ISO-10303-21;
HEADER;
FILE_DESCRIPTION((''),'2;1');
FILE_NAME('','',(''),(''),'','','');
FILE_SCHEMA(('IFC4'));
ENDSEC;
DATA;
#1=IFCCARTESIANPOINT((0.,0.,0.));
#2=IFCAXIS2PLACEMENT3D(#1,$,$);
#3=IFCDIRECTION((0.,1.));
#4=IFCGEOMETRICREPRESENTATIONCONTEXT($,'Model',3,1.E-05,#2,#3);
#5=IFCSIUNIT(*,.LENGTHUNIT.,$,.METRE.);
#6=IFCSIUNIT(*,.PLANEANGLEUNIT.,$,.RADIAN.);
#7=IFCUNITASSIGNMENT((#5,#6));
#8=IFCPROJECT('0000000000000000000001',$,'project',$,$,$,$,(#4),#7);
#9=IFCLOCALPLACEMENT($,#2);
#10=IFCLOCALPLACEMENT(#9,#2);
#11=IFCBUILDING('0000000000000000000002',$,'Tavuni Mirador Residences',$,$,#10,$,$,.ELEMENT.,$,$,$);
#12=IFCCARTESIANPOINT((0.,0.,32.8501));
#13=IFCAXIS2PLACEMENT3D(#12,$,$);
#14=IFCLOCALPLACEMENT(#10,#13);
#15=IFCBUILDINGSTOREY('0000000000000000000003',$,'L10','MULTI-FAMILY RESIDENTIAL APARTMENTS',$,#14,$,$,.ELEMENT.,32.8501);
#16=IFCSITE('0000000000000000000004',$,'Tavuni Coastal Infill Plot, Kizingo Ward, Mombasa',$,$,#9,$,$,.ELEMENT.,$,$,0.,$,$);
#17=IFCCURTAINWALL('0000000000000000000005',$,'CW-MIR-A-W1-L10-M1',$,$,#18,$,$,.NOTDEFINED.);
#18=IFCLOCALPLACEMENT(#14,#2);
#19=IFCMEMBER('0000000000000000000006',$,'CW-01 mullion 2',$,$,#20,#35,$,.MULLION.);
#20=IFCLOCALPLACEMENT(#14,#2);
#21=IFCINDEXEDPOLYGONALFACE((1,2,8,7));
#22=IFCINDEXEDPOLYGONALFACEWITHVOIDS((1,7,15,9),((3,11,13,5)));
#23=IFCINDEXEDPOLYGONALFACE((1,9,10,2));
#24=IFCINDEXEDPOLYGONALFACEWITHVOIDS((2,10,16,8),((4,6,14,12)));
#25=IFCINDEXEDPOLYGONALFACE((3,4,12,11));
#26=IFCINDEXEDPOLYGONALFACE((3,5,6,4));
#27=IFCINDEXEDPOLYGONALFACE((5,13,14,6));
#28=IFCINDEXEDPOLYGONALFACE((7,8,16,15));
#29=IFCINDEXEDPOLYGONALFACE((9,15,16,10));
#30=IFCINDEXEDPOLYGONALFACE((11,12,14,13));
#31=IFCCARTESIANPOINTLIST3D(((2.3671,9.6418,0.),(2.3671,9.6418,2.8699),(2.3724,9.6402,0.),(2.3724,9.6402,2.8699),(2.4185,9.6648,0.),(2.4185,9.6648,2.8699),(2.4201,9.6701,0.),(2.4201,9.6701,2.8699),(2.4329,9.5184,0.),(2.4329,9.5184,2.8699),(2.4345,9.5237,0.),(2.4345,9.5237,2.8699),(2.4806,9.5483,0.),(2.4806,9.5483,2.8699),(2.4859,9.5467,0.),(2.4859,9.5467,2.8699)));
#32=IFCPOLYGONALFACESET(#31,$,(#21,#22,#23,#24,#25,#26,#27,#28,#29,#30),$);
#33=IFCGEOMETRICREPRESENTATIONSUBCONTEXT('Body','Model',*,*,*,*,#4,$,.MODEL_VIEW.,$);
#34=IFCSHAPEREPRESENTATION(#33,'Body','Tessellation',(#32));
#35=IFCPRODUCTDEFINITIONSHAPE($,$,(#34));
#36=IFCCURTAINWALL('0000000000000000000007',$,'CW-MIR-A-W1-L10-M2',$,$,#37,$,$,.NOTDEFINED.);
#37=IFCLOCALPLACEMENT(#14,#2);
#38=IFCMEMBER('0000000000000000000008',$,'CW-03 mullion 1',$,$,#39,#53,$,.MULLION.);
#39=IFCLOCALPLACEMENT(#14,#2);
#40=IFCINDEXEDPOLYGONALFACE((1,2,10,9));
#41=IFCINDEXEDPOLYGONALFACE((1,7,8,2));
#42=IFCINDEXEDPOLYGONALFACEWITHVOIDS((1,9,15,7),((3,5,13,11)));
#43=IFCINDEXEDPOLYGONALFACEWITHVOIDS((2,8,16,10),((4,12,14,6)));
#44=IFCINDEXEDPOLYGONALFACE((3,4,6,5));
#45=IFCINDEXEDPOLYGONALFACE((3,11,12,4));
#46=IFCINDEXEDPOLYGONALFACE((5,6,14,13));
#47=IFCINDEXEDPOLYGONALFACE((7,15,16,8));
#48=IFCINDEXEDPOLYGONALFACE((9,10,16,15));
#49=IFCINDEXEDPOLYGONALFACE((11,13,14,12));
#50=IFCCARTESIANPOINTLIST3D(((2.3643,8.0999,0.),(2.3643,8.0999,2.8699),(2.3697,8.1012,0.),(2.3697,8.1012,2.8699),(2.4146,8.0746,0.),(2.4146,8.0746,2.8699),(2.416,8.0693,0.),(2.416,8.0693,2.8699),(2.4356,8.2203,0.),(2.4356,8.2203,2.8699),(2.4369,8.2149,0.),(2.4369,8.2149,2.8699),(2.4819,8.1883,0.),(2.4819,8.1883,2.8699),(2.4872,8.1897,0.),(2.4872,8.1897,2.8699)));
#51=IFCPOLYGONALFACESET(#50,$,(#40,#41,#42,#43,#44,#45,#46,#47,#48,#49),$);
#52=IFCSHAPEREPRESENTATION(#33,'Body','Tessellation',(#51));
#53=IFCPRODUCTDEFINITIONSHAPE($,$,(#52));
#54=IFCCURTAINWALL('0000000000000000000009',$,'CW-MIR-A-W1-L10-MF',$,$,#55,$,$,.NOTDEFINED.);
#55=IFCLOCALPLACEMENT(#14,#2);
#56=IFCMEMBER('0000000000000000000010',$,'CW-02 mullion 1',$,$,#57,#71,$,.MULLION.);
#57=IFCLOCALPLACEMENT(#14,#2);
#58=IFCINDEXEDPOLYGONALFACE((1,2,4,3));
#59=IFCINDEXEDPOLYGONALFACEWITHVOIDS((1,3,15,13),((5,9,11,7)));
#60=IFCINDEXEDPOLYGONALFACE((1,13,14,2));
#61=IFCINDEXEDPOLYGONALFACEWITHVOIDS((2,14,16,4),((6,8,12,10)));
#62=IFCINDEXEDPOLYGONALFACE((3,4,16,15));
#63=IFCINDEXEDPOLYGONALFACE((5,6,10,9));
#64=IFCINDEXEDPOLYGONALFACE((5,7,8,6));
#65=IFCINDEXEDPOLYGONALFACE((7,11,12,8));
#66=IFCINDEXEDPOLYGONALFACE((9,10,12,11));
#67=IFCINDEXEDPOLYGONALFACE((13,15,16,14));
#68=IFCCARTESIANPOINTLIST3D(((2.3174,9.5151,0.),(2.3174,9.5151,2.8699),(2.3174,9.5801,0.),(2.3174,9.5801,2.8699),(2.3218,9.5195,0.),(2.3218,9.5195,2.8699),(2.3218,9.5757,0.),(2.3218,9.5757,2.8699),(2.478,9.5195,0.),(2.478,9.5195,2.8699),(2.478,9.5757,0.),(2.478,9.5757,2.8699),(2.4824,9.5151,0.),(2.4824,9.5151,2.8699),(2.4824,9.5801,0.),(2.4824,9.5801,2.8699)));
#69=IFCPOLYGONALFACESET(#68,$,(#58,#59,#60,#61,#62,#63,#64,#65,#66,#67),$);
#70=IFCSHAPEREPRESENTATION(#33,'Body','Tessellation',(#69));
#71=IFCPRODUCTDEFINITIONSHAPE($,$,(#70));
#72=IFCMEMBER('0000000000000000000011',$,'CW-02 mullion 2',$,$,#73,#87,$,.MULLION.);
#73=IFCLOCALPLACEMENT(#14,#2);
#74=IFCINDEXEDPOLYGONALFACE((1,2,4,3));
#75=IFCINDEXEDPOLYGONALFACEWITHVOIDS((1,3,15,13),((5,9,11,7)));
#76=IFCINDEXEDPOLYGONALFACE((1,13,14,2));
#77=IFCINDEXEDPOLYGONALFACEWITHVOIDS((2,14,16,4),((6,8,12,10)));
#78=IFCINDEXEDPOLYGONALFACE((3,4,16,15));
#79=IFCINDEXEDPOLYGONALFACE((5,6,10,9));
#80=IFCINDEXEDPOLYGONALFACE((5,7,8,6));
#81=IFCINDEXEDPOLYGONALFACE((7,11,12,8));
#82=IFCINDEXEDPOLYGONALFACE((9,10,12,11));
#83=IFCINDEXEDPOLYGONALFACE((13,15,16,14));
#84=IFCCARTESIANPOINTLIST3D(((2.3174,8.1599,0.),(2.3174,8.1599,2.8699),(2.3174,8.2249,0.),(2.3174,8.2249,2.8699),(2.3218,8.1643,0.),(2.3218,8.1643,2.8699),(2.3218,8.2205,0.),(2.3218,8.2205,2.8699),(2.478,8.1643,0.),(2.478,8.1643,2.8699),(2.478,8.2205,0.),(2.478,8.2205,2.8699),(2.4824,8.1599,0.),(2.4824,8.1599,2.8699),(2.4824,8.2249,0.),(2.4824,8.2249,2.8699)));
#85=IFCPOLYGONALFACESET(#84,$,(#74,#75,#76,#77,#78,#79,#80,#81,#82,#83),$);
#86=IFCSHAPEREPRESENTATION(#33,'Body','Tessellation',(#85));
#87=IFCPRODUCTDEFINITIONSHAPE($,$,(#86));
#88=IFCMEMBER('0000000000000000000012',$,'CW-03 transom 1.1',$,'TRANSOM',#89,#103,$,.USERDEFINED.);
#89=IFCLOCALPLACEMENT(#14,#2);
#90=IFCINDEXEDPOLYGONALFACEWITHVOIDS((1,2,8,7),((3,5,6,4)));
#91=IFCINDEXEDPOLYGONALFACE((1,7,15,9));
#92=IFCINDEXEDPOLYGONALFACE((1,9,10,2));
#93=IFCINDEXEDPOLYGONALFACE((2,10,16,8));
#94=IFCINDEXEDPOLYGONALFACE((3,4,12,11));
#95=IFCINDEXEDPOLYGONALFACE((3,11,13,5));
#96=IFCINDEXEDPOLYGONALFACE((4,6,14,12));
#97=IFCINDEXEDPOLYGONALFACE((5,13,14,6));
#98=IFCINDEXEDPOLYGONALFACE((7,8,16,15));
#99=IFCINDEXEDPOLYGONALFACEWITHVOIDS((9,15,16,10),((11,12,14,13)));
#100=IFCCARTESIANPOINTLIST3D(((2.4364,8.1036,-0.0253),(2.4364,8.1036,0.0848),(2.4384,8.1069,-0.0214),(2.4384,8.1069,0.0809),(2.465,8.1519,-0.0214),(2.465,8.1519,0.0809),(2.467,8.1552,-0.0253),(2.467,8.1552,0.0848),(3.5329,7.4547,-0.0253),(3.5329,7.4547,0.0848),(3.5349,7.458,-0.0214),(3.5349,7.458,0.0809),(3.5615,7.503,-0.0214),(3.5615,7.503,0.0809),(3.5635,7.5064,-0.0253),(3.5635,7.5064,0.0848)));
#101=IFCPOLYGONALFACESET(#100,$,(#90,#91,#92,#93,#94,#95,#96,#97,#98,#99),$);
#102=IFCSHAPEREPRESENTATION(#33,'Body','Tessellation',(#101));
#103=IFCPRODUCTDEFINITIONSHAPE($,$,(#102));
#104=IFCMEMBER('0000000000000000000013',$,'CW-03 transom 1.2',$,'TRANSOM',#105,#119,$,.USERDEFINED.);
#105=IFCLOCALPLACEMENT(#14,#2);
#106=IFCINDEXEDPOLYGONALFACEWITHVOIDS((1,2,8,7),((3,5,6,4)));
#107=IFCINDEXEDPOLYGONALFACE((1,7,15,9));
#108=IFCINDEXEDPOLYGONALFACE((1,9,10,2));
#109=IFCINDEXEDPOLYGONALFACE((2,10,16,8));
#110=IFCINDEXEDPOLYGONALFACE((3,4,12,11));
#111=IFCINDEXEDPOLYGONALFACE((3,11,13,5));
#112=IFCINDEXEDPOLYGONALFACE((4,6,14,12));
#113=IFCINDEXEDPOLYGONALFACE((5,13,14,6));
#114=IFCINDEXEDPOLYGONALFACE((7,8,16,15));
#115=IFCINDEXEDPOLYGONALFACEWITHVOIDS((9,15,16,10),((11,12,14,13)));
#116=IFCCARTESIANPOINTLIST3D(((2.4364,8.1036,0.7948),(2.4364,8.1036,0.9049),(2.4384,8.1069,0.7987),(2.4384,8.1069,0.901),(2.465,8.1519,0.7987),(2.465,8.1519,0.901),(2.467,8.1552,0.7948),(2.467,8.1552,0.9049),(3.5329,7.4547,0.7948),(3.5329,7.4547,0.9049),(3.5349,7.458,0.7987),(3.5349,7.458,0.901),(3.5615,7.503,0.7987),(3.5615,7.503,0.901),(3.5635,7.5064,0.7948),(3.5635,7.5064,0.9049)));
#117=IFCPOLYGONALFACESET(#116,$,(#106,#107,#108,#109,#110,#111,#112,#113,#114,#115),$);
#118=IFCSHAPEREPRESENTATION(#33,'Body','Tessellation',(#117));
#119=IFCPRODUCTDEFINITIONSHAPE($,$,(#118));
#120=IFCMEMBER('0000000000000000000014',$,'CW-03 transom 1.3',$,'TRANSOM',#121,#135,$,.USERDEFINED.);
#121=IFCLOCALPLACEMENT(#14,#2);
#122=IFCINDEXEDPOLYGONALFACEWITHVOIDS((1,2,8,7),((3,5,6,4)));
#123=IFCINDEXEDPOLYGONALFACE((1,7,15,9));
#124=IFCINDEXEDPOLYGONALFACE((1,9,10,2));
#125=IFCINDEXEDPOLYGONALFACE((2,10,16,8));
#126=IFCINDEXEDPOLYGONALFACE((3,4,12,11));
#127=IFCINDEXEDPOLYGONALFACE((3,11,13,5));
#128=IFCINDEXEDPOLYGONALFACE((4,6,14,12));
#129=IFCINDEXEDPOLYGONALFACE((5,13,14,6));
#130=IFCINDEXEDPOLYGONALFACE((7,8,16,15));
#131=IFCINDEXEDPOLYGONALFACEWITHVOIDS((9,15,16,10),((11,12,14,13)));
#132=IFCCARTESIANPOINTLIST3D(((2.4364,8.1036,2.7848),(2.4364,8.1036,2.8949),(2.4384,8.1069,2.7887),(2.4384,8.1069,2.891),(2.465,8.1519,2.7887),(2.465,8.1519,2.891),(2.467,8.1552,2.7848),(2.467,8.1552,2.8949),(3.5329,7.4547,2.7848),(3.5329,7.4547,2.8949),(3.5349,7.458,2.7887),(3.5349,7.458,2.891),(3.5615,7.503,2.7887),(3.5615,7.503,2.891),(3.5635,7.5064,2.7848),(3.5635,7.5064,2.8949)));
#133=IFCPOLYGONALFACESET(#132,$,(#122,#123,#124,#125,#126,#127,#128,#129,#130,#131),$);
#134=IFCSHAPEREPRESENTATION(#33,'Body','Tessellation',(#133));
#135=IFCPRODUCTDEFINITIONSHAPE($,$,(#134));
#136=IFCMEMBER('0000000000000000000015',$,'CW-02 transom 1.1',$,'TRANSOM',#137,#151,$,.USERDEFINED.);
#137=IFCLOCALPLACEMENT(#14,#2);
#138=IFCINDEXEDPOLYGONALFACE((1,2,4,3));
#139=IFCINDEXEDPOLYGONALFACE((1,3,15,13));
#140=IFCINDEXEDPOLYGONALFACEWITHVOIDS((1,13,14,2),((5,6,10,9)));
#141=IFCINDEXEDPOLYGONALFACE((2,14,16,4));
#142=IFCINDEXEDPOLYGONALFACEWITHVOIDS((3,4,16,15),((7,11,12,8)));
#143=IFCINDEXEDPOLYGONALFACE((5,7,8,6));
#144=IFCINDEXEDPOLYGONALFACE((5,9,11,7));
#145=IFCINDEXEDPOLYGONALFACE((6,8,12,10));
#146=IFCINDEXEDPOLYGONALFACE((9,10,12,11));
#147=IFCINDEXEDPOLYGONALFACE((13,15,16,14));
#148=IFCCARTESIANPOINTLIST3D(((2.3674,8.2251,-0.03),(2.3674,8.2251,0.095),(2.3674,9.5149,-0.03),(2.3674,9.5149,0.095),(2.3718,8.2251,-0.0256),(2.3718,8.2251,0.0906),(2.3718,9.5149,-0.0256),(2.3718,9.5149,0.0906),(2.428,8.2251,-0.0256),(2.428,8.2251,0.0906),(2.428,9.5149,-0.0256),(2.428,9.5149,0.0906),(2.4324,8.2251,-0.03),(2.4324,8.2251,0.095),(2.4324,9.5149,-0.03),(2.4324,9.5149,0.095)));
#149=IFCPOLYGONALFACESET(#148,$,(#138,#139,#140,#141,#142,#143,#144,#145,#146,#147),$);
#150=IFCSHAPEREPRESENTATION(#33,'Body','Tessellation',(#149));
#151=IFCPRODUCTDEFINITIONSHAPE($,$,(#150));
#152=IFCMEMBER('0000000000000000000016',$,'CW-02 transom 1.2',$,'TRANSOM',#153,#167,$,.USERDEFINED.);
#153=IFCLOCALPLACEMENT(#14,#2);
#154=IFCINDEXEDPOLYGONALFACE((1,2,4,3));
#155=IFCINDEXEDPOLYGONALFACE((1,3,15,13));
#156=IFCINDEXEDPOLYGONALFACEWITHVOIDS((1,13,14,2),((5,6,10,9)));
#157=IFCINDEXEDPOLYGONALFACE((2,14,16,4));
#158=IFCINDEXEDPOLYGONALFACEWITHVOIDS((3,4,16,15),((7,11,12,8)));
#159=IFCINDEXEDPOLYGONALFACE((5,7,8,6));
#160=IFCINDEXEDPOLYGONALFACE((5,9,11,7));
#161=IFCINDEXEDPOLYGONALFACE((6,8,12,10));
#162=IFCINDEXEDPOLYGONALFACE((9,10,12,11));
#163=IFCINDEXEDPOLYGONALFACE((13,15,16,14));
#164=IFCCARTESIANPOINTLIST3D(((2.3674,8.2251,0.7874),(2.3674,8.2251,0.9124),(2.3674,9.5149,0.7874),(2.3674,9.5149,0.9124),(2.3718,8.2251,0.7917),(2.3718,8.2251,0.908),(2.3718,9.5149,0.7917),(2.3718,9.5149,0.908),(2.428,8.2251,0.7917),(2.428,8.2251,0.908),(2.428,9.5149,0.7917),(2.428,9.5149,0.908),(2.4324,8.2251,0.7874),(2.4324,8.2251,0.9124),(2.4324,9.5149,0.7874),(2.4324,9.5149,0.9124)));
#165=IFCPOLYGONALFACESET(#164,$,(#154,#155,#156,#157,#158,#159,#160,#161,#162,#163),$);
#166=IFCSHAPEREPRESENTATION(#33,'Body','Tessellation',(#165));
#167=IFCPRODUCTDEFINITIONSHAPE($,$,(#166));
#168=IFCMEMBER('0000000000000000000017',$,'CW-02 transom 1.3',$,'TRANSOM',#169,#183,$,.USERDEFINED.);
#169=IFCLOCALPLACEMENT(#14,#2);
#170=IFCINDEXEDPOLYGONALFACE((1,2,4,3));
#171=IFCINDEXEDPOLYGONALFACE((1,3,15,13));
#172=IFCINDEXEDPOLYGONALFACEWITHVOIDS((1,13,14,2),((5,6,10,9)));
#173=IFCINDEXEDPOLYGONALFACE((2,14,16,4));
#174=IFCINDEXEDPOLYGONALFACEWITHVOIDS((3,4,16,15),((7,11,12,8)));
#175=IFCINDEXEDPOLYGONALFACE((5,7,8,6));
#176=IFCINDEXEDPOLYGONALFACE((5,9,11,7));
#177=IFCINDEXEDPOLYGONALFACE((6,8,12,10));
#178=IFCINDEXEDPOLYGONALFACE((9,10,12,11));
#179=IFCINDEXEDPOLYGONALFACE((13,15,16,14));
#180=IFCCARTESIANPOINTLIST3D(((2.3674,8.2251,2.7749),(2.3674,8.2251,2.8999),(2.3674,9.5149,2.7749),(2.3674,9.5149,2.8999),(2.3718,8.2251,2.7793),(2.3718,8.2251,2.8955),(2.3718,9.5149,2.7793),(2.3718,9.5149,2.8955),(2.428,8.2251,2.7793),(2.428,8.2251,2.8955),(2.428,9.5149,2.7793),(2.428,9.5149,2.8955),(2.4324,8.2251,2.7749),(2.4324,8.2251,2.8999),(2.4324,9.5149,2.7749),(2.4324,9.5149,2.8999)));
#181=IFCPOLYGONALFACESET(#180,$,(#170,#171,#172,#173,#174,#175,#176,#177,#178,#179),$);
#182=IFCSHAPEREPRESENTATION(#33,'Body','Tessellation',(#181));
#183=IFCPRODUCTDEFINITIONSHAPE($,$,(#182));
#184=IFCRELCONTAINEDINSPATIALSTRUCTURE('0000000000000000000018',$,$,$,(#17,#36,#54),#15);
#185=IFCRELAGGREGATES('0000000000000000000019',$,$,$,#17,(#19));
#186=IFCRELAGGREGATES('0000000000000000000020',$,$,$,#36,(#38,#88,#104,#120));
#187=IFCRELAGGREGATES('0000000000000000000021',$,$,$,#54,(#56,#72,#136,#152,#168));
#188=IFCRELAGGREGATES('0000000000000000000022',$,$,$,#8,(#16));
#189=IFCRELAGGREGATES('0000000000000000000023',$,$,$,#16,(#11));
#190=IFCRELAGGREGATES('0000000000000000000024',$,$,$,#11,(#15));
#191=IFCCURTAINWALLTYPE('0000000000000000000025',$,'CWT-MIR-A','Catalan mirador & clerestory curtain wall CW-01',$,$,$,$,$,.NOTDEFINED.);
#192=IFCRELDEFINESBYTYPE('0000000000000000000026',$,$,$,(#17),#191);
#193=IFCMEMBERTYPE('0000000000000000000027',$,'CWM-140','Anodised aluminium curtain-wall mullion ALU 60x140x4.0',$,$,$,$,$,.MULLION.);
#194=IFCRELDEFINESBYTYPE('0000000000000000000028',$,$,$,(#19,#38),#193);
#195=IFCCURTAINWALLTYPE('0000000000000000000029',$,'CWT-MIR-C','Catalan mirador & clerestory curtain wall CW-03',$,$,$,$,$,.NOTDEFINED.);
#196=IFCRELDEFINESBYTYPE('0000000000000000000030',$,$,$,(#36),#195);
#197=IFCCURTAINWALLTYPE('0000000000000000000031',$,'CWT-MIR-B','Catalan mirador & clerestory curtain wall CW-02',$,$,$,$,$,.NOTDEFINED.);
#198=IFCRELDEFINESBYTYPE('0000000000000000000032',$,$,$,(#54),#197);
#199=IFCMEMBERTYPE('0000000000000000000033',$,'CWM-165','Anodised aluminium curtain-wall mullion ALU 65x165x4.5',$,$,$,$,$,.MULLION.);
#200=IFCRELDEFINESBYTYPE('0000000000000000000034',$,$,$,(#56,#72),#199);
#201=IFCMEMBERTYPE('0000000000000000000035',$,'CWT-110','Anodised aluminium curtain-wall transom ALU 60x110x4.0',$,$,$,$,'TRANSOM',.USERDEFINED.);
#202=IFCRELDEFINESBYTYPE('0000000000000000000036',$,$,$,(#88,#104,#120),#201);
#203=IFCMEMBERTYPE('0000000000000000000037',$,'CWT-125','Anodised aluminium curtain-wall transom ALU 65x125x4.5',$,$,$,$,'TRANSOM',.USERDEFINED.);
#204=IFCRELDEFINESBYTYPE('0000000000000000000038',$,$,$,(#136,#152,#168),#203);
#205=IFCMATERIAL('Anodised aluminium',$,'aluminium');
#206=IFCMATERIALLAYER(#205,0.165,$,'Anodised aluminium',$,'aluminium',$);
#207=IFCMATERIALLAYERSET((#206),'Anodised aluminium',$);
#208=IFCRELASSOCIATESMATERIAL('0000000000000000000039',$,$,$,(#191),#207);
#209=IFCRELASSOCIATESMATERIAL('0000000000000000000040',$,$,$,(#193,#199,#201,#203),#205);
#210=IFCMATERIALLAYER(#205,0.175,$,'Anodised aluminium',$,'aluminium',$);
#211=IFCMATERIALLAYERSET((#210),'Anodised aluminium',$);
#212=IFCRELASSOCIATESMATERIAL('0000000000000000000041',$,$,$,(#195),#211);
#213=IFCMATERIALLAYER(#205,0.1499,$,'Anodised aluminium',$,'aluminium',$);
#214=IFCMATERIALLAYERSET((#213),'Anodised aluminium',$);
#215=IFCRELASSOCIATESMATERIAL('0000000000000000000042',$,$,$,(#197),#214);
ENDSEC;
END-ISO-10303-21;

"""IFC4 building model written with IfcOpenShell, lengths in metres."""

from ifc_helpers import new_model, si_unit, direction, frame, origin, origin_2d, place, context, subcontext, project, spatial, hollow_rectangle, extrude, material, layer, layer_set, material_profile, profile_set, type_object, element, aggregate, save


model = new_model("IFC4")

# Units and contexts
model_context = context("Model", 3, precision=1e-05, world=origin(), true_north=direction((0.0, 1.0)))
body_context = subcontext(model_context, "Body", "Model", "MODEL_VIEW")
ifc_project = project(units=[si_unit("LENGTHUNIT", "METRE"), si_unit("PLANEANGLEUNIT", "RADIAN")], contexts=[model_context])

# Site, building, storey
site_placement = place(None, origin())
site = spatial("IfcSite", under=ifc_project, at=site_placement, Name="Tavuni Coastal Infill Plot, Kizingo Ward, Mombasa", CompositionType="ELEMENT", RefElevation=0.0)
building_placement = place(site_placement, origin())
building = spatial("IfcBuilding", under=site, at=building_placement, Name="Tavuni Mirador Residences", CompositionType="ELEMENT")
storey_placement = place(building_placement, frame((0.0, 0.0, 32.8501)))
storey = spatial("IfcBuildingStorey", under=building, at=storey_placement, Name="L10", Description="MULTI-FAMILY RESIDENTIAL APARTMENTS", CompositionType="ELEMENT", Elevation=32.8501)

# Curtain walls, members
ifc_material_1 = material(Name="Anodised aluminium", Category="aluminium")
ifc_layer_1 = layer(ifc_material_1, 0.165, Name="Anodised aluminium", Category="aluminium")
ifc_layer_set_1 = layer_set([ifc_layer_1], Name="Anodised aluminium")
curtain_wall_type_1 = type_object("IfcCurtainWallType", Name="CWT-MIR-A", Description="Catalan mirador & clerestory curtain wall CW-01", PredefinedType="NOTDEFINED", material=ifc_layer_set_1)
curtain_wall_1_placement = place(storey_placement, origin())
curtain_wall_1 = element("IfcCurtainWall", 1, at=curtain_wall_1_placement, inside=storey, type_object=curtain_wall_type_1, Name="CW-MIR-A-W1-L10-M1", PredefinedType="NOTDEFINED")
ifc_material_profile_1 = material_profile(ifc_material_1, hollow_rectangle(XDim=0.0601, YDim=0.1399, WallThickness=0.0039, at=origin_2d()), Name="ALU 60x140x4.0", Category="aluminium")
ifc_profile_set_1 = profile_set([ifc_material_profile_1], Name="Anodised aluminium")
member_type_1 = type_object("IfcMemberType", Name="CWM-140", Description="Anodised aluminium curtain-wall mullion ALU 60x140x4.0", PredefinedType="MULLION", material=ifc_profile_set_1)
member_1_placement = place(storey_placement, frame((2.4265, 9.5942, 0.0), z_axis=(0.0, 0.0, 1.0), x_axis=(-0.882353, -0.470588, 0.0)))
member_1 = element("IfcMember", 2, at=member_1_placement, type_object=member_type_1, Name="CW-01 mullion 2", PredefinedType="MULLION", context=body_context, shape_type="SweptSolid", body=[
    extrude(hollow_rectangle(XDim=0.0601, YDim=0.1399, WallThickness=0.0039, at=origin_2d()), origin(), (0.0, 0.0, 1.0), 2.8699),
])
ifc_layer_2 = layer(ifc_material_1, 0.175, Name="Anodised aluminium", Category="aluminium")
ifc_layer_set_2 = layer_set([ifc_layer_2], Name="Anodised aluminium")
curtain_wall_type_2 = type_object("IfcCurtainWallType", Name="CWT-MIR-C", Description="Catalan mirador & clerestory curtain wall CW-03", PredefinedType="NOTDEFINED", material=ifc_layer_set_2)
curtain_wall_2_placement = place(storey_placement, origin())
curtain_wall_2 = element("IfcCurtainWall", 3, at=curtain_wall_2_placement, inside=storey, type_object=curtain_wall_type_2, Name="CW-MIR-A-W1-L10-M2", PredefinedType="NOTDEFINED")
member_2_placement = place(storey_placement, frame((2.4258, 8.1448, 0.0), z_axis=(0.0, 0.0, 1.0), x_axis=(0.860641, -0.509212, 0.0)))
member_2 = element("IfcMember", 4, at=member_2_placement, type_object=member_type_1, Name="CW-03 mullion 1", PredefinedType="MULLION", context=body_context, shape_type="SweptSolid", body=[
    extrude(hollow_rectangle(XDim=0.0601, YDim=0.1399, WallThickness=0.0039, at=origin_2d()), origin(), (0.0, 0.0, 1.0), 2.8699),
])

# Curtain wall, members
ifc_layer_3 = layer(ifc_material_1, 0.1499, Name="Anodised aluminium", Category="aluminium")
ifc_layer_set_3 = layer_set([ifc_layer_3], Name="Anodised aluminium")
curtain_wall_type_3 = type_object("IfcCurtainWallType", Name="CWT-MIR-B", Description="Catalan mirador & clerestory curtain wall CW-02", PredefinedType="NOTDEFINED", material=ifc_layer_set_3)
curtain_wall_3_placement = place(storey_placement, origin())
curtain_wall_3 = element("IfcCurtainWall", 5, at=curtain_wall_3_placement, inside=storey, type_object=curtain_wall_type_3, Name="CW-MIR-A-W1-L10-MF", PredefinedType="NOTDEFINED")
ifc_material_profile_2 = material_profile(ifc_material_1, hollow_rectangle(XDim=0.0649, YDim=0.165, WallThickness=0.0044, at=origin_2d()), Name="ALU 65x165x4.5", Category="aluminium")
ifc_profile_set_2 = profile_set([ifc_material_profile_2], Name="Anodised aluminium")
member_type_2 = type_object("IfcMemberType", Name="CWM-165", Description="Anodised aluminium curtain-wall mullion ALU 65x165x4.5", PredefinedType="MULLION", material=ifc_profile_set_2)
member_3_placement = place(storey_placement, frame((2.3999, 9.5476, 0.0), z_axis=(0.0, 0.0, 1.0), x_axis=(0.0, -1.0, 0.0)))
member_3 = element("IfcMember", 6, at=member_3_placement, type_object=member_type_2, Name="CW-02 mullion 1", PredefinedType="MULLION", context=body_context, shape_type="SweptSolid", body=[
    extrude(hollow_rectangle(XDim=0.0649, YDim=0.165, WallThickness=0.0044, at=origin_2d()), origin(), (0.0, 0.0, 1.0), 2.8699),
])
member_4_placement = place(storey_placement, frame((2.3999, 8.1924, 0.0), z_axis=(0.0, 0.0, 1.0), x_axis=(0.0, -1.0, 0.0)))
member_4 = element("IfcMember", 7, at=member_4_placement, type_object=member_type_2, Name="CW-02 mullion 2", PredefinedType="MULLION", context=body_context, shape_type="SweptSolid", body=[
    extrude(hollow_rectangle(XDim=0.0649, YDim=0.165, WallThickness=0.0044, at=origin_2d()), origin(), (0.0, 0.0, 1.0), 2.8699),
])

# Members
ifc_material_profile_3 = material_profile(ifc_material_1, hollow_rectangle(XDim=0.0601, YDim=0.1101, WallThickness=0.0039, at=origin_2d()), Name="ALU 60x110x4.0", Category="aluminium")
ifc_profile_set_3 = profile_set([ifc_material_profile_3], Name="Anodised aluminium")
member_type_3 = type_object("IfcMemberType", Name="CWT-110", Description="Anodised aluminium curtain-wall transom ALU 60x110x4.0", ElementType="TRANSOM", PredefinedType="USERDEFINED", material=ifc_profile_set_3)
member_5_placement = place(storey_placement, frame((2.4517, 8.1294, 0.0298), z_axis=(0.860621, -0.509246, 0.0), x_axis=(0.509246, 0.860621, 0.0)))
member_5 = element("IfcMember", 8, at=member_5_placement, type_object=member_type_3, Name="CW-03 transom 1.1", ObjectType="TRANSOM", PredefinedType="USERDEFINED", context=body_context, shape_type="SweptSolid", body=[
    extrude(hollow_rectangle(XDim=0.0601, YDim=0.1101, WallThickness=0.0039, at=origin_2d()), origin(), (0.0, 0.0, 1.0), 1.2742),
])
member_6_placement = place(storey_placement, frame((2.4517, 8.1294, 0.8499), z_axis=(0.860621, -0.509246, 0.0), x_axis=(0.509246, 0.860621, 0.0)))
member_6 = element("IfcMember", 9, at=member_6_placement, type_object=member_type_3, Name="CW-03 transom 1.2", ObjectType="TRANSOM", PredefinedType="USERDEFINED", context=body_context, shape_type="SweptSolid", body=[
    extrude(hollow_rectangle(XDim=0.0601, YDim=0.1101, WallThickness=0.0039, at=origin_2d()), origin(), (0.0, 0.0, 1.0), 1.2742),
])
member_7_placement = place(storey_placement, frame((2.4517, 8.1294, 2.8398), z_axis=(0.860621, -0.509246, 0.0), x_axis=(0.509246, 0.860621, 0.0)))
member_7 = element("IfcMember", 10, at=member_7_placement, type_object=member_type_3, Name="CW-03 transom 1.3", ObjectType="TRANSOM", PredefinedType="USERDEFINED", context=body_context, shape_type="SweptSolid", body=[
    extrude(hollow_rectangle(XDim=0.0601, YDim=0.1101, WallThickness=0.0039, at=origin_2d()), origin(), (0.0, 0.0, 1.0), 1.2742),
])
ifc_material_profile_4 = material_profile(ifc_material_1, hollow_rectangle(XDim=0.0649, YDim=0.125, WallThickness=0.0044, at=origin_2d()), Name="ALU 65x125x4.5", Category="aluminium")
ifc_profile_set_4 = profile_set([ifc_material_profile_4], Name="Anodised aluminium")
member_type_4 = type_object("IfcMemberType", Name="CWT-125", Description="Anodised aluminium curtain-wall transom ALU 65x125x4.5", ElementType="TRANSOM", PredefinedType="USERDEFINED", material=ifc_profile_set_4)
member_8_placement = place(storey_placement, frame((2.3999, 9.5149, 0.0325), z_axis=(0.0, -1.0, 0.0), x_axis=(1.0, 0.0, 0.0)))
member_8 = element("IfcMember", 11, at=member_8_placement, type_object=member_type_4, Name="CW-02 transom 1.1", ObjectType="TRANSOM", PredefinedType="USERDEFINED", context=body_context, shape_type="SweptSolid", body=[
    extrude(hollow_rectangle(XDim=0.0649, YDim=0.125, WallThickness=0.0044, at=origin_2d()), origin(), (0.0, 0.0, 1.0), 1.2898),
])
member_9_placement = place(storey_placement, frame((2.3999, 9.5149, 0.8499), z_axis=(0.0, -1.0, 0.0), x_axis=(1.0, 0.0, 0.0)))
member_9 = element("IfcMember", 12, at=member_9_placement, type_object=member_type_4, Name="CW-02 transom 1.2", ObjectType="TRANSOM", PredefinedType="USERDEFINED", context=body_context, shape_type="SweptSolid", body=[
    extrude(hollow_rectangle(XDim=0.0649, YDim=0.125, WallThickness=0.0044, at=origin_2d()), origin(), (0.0, 0.0, 1.0), 1.2898),
])
member_10_placement = place(storey_placement, frame((2.3999, 9.5149, 2.8374), z_axis=(0.0, -1.0, 0.0), x_axis=(1.0, 0.0, 0.0)))
member_10 = element("IfcMember", 13, at=member_10_placement, type_object=member_type_4, Name="CW-02 transom 1.3", ObjectType="TRANSOM", PredefinedType="USERDEFINED", context=body_context, shape_type="SweptSolid", body=[
    extrude(hollow_rectangle(XDim=0.0649, YDim=0.125, WallThickness=0.0044, at=origin_2d()), origin(), (0.0, 0.0, 1.0), 1.2898),
])

aggregate(curtain_wall_1, [member_1])
aggregate(curtain_wall_2, [member_2, member_5, member_6, member_7])
aggregate(curtain_wall_3, [member_3, member_4, member_8, member_9, member_10])

save(model, "model.ifc")
